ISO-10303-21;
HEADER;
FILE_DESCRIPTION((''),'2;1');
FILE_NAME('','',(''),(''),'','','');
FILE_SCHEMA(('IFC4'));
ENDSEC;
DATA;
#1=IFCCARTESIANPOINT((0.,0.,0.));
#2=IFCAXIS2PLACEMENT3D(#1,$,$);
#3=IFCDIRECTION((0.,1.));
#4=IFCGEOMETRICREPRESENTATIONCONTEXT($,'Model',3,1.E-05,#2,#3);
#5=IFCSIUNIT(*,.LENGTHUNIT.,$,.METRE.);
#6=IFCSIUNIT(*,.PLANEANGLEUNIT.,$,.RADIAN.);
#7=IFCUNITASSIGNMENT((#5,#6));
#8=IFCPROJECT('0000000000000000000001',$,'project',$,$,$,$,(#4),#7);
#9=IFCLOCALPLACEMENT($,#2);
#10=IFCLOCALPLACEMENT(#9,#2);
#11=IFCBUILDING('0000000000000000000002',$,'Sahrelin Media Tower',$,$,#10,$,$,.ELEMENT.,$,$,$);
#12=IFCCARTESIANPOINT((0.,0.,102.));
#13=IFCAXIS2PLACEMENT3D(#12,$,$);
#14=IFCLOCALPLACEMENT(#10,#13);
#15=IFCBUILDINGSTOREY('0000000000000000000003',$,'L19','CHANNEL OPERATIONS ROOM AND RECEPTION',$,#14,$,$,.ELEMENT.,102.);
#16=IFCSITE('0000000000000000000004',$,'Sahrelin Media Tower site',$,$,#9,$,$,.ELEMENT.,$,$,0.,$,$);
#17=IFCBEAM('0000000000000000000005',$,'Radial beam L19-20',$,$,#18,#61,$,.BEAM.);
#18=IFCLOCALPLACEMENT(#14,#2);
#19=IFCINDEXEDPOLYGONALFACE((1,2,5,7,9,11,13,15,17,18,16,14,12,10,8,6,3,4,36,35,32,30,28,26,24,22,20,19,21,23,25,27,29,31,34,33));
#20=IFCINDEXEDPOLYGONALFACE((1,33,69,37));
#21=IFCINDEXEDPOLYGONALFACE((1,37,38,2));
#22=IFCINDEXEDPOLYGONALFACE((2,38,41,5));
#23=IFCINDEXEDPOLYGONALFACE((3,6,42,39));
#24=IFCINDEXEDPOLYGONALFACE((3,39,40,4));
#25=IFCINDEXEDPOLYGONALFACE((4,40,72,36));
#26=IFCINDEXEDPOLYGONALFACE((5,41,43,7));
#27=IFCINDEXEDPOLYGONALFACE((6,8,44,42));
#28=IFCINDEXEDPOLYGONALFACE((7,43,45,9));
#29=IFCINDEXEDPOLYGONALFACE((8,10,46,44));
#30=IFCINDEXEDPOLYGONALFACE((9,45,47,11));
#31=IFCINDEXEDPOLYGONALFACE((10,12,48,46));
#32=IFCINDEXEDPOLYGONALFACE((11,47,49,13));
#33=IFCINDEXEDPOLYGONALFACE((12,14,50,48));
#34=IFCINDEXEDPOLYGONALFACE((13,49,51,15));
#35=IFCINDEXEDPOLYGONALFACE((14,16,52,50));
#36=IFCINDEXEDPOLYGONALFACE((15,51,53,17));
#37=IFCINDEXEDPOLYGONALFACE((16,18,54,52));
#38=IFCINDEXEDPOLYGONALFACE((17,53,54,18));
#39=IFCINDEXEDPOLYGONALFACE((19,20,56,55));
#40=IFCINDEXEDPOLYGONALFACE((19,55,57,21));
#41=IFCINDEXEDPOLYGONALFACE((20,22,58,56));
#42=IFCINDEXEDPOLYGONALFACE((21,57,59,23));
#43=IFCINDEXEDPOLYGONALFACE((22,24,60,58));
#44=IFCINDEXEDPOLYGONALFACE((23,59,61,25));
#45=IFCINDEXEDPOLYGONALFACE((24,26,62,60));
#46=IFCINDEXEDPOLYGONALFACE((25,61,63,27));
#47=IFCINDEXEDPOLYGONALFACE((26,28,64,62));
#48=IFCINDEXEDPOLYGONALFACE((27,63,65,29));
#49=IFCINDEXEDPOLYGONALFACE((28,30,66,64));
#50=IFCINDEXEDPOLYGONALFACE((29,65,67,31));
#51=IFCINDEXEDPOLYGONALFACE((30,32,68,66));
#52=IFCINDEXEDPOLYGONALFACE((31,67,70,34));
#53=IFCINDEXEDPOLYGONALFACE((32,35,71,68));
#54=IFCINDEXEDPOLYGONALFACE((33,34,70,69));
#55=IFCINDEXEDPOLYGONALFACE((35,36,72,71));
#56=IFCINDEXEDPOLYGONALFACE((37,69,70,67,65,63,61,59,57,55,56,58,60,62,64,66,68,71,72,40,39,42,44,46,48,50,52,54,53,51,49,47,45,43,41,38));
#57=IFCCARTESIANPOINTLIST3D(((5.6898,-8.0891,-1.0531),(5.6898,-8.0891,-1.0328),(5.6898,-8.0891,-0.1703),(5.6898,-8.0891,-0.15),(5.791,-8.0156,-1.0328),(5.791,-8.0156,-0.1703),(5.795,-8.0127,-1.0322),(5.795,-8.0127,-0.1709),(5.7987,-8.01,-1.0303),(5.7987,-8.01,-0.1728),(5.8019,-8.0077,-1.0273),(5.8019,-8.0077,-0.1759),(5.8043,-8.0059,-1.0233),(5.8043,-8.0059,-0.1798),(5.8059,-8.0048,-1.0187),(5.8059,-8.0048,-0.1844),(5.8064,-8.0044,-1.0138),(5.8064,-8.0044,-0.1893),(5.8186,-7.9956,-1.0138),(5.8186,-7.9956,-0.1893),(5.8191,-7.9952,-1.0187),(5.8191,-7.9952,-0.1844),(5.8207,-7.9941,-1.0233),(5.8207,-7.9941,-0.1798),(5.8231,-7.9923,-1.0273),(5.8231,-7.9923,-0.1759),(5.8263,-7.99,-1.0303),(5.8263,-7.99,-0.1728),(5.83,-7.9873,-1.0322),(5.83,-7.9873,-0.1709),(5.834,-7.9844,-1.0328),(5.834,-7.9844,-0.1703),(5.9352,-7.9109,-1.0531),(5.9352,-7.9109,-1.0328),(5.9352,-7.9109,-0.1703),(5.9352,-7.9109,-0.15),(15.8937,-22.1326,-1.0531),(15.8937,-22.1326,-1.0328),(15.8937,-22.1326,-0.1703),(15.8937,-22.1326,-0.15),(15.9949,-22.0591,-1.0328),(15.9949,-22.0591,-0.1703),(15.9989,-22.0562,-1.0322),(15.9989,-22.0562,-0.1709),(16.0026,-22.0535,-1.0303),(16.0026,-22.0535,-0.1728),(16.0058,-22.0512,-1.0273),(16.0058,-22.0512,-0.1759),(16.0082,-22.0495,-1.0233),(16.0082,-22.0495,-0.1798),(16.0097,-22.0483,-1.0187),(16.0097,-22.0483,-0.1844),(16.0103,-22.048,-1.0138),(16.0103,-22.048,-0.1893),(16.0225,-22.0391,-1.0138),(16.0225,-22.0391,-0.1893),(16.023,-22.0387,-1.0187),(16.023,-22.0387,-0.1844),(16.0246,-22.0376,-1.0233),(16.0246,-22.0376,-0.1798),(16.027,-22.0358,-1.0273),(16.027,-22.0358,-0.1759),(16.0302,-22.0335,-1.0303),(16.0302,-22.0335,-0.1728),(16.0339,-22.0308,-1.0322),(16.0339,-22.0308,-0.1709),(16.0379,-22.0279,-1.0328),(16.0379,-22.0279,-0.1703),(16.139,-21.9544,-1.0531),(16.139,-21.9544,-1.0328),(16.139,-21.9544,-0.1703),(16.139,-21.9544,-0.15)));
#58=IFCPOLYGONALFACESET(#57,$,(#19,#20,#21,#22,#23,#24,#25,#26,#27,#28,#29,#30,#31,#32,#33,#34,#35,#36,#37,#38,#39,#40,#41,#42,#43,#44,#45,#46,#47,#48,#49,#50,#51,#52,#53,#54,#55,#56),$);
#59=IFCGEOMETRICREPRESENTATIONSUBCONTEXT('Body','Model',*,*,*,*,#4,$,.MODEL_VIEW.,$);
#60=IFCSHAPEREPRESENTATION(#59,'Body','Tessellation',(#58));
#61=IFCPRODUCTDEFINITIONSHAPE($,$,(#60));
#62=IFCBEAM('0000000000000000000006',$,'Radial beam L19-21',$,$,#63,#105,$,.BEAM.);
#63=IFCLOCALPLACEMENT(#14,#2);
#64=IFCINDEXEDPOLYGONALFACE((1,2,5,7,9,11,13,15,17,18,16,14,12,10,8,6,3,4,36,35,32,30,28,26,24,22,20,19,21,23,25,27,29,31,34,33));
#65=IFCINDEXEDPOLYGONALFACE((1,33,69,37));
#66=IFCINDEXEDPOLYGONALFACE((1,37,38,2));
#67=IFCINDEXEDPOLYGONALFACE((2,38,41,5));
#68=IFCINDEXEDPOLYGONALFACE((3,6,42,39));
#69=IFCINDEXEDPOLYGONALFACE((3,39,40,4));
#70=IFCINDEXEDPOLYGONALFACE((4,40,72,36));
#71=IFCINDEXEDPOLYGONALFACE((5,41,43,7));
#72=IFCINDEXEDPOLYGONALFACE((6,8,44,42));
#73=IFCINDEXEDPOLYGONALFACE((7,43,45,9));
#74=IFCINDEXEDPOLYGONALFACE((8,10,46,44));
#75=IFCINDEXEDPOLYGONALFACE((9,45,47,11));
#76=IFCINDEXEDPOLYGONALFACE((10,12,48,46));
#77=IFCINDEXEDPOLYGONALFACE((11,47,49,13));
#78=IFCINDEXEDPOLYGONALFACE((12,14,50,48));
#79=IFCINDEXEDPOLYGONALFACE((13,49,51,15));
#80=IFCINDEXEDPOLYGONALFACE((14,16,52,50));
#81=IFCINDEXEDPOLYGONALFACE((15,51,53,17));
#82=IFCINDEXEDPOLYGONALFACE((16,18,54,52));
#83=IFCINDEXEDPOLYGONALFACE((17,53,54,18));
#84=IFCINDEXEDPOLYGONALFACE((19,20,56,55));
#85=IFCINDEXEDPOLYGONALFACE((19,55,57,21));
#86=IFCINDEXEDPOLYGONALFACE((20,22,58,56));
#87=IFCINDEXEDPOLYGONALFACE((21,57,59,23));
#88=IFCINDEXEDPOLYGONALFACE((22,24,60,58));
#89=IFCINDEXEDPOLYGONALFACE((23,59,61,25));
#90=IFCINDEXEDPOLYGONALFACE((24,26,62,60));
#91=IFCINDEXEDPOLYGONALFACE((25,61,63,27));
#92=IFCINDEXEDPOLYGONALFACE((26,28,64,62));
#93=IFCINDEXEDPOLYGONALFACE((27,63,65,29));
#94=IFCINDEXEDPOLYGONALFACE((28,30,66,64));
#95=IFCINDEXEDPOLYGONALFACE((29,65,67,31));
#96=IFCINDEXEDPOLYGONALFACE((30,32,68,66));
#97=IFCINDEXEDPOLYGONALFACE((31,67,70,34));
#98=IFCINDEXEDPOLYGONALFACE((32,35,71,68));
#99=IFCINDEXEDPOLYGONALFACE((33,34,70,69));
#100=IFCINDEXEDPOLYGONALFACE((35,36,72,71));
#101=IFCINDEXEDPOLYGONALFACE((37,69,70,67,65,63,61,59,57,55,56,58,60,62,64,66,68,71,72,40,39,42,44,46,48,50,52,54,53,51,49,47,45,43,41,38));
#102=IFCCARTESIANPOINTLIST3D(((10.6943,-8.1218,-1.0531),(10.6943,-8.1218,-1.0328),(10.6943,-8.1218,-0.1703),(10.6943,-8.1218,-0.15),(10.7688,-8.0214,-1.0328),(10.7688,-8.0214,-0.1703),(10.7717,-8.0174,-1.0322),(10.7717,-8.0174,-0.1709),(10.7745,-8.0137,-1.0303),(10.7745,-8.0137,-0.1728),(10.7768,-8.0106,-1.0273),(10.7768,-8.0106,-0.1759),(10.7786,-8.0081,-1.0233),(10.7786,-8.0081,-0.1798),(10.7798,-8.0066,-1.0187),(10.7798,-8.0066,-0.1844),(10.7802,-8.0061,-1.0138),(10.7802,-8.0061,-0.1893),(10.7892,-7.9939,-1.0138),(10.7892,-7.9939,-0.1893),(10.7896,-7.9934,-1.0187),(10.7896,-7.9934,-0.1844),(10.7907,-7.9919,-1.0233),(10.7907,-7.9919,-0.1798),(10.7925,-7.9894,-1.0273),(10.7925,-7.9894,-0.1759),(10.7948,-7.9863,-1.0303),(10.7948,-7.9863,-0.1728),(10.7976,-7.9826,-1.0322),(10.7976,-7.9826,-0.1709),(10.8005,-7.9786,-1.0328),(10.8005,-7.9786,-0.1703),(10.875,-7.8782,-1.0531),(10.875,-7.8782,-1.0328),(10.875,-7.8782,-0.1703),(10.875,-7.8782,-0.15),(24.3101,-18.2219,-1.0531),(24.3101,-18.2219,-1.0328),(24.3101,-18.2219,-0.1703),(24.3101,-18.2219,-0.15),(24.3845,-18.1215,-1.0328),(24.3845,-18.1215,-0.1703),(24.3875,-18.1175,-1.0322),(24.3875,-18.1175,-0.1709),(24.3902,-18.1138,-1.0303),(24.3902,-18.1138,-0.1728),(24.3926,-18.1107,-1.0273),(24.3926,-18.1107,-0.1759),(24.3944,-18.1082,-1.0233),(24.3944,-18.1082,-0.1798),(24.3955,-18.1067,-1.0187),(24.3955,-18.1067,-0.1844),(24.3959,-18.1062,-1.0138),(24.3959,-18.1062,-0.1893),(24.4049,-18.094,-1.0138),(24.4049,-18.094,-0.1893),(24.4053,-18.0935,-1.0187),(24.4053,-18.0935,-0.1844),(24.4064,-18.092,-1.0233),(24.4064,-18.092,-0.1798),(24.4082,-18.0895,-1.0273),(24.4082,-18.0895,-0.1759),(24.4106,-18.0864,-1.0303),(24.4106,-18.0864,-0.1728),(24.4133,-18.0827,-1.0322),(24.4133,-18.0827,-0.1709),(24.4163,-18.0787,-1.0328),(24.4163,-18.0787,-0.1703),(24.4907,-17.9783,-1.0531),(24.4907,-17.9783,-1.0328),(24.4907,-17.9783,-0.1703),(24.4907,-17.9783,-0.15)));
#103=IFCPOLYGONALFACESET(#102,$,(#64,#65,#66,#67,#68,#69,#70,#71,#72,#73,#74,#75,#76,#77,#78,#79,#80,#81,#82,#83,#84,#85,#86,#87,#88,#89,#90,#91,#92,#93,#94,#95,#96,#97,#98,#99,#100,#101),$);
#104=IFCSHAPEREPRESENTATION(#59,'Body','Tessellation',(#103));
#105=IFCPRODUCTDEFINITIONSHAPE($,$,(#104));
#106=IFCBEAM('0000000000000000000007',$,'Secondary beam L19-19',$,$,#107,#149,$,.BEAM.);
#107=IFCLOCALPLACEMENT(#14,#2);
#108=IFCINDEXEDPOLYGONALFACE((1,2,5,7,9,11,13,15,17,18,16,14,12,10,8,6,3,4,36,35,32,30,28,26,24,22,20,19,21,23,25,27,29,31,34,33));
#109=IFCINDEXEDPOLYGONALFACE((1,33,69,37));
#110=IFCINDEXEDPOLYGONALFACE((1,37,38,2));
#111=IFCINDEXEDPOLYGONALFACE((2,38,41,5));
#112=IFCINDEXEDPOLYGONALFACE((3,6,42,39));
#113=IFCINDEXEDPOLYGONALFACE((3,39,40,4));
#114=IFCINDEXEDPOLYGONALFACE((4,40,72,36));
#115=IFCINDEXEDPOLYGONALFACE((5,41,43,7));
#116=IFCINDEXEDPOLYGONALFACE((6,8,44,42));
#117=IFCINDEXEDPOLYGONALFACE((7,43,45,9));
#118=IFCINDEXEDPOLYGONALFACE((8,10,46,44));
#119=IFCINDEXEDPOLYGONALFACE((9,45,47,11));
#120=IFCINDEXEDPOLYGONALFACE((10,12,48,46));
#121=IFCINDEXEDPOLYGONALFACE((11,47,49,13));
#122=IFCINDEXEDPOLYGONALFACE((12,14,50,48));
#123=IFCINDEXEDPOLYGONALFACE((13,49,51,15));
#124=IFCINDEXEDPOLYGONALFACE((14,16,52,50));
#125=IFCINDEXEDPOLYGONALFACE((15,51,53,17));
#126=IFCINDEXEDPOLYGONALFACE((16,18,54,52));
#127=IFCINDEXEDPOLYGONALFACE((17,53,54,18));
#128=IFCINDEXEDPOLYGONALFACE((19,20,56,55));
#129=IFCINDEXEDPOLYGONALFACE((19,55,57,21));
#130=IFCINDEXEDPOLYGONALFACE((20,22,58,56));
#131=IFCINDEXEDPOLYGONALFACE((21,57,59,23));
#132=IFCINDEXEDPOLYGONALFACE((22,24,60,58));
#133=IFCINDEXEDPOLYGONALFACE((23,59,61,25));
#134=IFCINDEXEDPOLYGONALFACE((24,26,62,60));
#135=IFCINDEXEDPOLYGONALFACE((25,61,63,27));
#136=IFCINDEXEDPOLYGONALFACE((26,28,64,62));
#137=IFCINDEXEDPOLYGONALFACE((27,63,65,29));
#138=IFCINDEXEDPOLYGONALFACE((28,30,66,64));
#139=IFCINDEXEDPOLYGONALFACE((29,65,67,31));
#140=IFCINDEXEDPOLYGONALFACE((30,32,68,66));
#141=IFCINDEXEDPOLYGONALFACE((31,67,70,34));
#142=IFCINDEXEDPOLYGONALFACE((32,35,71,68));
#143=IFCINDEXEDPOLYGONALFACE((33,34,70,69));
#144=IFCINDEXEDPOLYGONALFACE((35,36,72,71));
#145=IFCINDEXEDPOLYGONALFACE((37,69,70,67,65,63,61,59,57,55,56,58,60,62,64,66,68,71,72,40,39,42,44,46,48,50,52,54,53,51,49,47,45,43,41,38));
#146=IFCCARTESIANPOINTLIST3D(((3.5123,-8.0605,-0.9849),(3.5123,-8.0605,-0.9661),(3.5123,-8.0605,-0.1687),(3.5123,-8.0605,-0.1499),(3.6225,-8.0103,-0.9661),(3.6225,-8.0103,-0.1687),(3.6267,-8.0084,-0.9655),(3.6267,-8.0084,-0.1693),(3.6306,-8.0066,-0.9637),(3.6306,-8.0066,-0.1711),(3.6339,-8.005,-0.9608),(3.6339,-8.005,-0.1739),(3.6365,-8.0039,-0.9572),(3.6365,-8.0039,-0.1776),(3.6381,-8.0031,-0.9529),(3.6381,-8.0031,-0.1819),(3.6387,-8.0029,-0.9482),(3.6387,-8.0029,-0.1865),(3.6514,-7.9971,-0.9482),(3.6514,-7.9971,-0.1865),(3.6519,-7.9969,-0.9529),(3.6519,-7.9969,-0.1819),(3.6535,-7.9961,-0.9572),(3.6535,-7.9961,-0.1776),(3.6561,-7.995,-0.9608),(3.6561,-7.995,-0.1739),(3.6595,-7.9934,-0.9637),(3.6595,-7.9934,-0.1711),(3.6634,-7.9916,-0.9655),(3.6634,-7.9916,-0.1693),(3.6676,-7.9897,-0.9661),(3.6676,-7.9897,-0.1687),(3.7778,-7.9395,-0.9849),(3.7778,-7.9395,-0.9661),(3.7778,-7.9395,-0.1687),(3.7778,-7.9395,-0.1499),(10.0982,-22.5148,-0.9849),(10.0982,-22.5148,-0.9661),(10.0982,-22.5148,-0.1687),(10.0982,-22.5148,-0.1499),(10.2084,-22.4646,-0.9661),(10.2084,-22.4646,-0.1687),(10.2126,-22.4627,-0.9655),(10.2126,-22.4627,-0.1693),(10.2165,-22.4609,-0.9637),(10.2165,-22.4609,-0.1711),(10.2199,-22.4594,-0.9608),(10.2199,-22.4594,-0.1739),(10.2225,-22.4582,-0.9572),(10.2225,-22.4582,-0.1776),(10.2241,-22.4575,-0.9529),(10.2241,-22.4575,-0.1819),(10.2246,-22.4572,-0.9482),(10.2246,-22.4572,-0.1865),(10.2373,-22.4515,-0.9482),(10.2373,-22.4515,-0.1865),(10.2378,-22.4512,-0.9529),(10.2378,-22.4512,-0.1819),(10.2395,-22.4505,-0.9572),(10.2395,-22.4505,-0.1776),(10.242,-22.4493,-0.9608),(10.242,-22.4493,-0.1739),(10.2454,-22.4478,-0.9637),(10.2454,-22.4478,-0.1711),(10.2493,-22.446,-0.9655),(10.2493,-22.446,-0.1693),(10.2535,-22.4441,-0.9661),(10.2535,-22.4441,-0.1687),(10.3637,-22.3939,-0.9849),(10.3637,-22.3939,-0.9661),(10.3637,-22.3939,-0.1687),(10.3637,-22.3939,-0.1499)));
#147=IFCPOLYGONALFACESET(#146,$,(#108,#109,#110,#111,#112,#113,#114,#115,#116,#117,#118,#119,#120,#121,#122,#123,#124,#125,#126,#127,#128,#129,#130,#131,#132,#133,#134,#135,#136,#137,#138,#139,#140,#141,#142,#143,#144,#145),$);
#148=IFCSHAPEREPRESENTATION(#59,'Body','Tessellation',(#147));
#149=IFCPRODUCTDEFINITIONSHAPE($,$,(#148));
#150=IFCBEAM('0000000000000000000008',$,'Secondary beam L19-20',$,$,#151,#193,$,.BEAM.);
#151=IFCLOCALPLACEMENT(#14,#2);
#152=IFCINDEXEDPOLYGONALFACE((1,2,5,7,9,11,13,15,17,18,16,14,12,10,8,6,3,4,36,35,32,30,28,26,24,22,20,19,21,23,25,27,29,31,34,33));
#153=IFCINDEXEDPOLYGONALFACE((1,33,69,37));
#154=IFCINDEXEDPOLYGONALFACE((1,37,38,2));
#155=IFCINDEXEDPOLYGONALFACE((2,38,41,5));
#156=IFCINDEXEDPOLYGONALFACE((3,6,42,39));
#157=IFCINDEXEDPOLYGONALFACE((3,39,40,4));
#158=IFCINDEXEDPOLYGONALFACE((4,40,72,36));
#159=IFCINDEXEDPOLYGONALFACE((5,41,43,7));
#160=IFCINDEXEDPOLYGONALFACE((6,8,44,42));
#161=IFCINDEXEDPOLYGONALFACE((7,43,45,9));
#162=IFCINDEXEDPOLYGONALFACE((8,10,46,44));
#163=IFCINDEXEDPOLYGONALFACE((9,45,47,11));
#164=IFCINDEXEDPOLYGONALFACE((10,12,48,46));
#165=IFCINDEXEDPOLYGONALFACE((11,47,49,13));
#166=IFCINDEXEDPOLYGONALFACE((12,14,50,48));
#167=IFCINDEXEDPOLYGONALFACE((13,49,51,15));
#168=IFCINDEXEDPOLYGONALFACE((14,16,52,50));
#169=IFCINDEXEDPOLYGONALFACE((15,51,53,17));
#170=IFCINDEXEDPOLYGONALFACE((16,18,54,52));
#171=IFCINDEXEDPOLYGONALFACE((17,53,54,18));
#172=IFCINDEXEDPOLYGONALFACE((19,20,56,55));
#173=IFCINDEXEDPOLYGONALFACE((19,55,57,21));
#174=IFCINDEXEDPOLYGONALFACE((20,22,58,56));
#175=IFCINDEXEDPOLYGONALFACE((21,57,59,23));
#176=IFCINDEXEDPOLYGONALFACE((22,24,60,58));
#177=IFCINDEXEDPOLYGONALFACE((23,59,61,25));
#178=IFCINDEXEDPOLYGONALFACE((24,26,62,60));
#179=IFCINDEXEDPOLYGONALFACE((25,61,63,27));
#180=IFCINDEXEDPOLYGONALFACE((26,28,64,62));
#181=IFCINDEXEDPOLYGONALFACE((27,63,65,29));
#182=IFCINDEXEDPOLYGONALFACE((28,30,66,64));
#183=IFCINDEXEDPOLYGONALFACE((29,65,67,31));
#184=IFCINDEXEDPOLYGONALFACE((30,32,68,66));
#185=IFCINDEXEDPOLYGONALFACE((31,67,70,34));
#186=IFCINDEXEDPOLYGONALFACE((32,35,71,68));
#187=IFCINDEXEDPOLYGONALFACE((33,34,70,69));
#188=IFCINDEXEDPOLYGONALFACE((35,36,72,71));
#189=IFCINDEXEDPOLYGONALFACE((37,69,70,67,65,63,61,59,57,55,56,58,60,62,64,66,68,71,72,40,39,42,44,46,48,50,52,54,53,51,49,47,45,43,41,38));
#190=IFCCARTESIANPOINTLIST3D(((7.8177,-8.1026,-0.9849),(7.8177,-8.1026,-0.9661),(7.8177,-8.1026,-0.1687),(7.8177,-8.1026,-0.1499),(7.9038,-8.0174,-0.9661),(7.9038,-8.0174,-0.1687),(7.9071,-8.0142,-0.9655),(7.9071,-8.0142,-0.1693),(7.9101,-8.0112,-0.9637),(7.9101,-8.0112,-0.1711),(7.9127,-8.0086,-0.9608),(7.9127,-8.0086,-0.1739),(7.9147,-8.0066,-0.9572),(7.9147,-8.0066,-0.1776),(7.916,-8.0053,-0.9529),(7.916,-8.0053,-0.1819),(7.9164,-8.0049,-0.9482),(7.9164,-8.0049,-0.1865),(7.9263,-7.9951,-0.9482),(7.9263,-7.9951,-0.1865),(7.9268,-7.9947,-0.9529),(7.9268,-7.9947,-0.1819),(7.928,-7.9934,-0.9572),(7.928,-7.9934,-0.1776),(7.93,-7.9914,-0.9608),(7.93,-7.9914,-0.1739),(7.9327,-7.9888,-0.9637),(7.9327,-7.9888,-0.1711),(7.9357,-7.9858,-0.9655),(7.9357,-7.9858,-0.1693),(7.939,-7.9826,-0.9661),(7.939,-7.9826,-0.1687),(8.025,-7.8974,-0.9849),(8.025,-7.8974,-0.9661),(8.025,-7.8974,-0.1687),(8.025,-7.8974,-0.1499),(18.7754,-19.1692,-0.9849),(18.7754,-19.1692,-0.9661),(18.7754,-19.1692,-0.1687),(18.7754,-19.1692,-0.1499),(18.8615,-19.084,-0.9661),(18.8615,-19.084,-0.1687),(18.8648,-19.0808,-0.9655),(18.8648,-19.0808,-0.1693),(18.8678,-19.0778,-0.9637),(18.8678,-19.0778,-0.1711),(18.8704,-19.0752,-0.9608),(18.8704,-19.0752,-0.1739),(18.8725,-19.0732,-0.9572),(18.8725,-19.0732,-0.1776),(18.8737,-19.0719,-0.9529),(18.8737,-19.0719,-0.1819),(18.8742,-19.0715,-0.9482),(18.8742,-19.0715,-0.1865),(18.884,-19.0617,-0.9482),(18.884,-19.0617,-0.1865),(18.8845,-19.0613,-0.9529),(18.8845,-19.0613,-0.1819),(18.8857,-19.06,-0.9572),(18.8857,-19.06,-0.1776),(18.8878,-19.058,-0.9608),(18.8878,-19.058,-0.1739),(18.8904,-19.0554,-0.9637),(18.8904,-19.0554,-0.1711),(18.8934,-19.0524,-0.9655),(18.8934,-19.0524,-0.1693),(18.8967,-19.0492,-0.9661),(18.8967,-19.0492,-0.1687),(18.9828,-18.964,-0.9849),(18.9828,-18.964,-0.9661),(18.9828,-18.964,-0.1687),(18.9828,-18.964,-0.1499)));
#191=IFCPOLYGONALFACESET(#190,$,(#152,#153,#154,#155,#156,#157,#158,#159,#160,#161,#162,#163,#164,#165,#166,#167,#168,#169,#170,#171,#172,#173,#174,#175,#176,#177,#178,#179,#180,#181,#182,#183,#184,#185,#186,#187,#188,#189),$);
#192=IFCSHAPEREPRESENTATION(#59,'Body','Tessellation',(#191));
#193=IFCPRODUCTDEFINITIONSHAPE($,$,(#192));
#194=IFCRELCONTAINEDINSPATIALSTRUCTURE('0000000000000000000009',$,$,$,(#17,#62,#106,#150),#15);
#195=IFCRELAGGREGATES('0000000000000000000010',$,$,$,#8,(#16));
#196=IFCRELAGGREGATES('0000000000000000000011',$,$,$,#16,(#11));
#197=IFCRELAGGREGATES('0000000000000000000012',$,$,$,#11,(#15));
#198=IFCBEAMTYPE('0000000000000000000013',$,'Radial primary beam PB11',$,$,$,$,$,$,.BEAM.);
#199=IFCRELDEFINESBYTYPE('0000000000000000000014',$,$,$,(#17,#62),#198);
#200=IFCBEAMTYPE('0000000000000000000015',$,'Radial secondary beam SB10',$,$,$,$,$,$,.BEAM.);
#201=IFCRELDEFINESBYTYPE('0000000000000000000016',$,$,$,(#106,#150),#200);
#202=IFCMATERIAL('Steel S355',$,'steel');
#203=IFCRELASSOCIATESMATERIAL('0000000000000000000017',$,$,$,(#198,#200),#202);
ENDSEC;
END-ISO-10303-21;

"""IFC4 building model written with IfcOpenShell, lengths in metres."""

from ifc_helpers import new_model, si_unit, direction, frame, origin, origin_2d, place, context, subcontext, project, spatial, i_section, extrude, material, material_profile, profile_set, type_object, element, save


model = new_model("IFC4")

# Units and contexts
model_context = context("Model", 3, precision=1e-05, world=origin(), true_north=direction((0.0, 1.0)))
body_context = subcontext(model_context, "Body", "Model", "MODEL_VIEW")
ifc_project = project(units=[si_unit("LENGTHUNIT", "METRE"), si_unit("PLANEANGLEUNIT", "RADIAN")], contexts=[model_context])

# Site, building, storey
site_placement = place(None, origin())
site = spatial("IfcSite", under=ifc_project, at=site_placement, Name="Sahrelin Media Tower site", CompositionType="ELEMENT", RefElevation=0.0)
building_placement = place(site_placement, origin())
building = spatial("IfcBuilding", under=site, at=building_placement, Name="Sahrelin Media Tower", CompositionType="ELEMENT")
storey_placement = place(building_placement, frame((0.0, 0.0, 102.0)))
storey = spatial("IfcBuildingStorey", under=building, at=storey_placement, Name="L19", Description="CHANNEL OPERATIONS ROOM AND RECEPTION", CompositionType="ELEMENT", Elevation=102.0)

# Shared definitions
ifc_material_1 = material(Name="Steel S355", Category="steel")

# Beams
ifc_material_profile_1 = material_profile(ifc_material_1, i_section(OverallWidth=0.3032, OverallDepth=0.9031, WebThickness=0.0151, FlangeThickness=0.0203, FilletRadius=0.019, at=origin_2d()), Name="UB 914x305x201")
ifc_profile_set_1 = profile_set([ifc_material_profile_1], Name="Steel S355")
beam_type_1 = type_object("IfcBeamType", Name="Radial primary beam PB11", PredefinedType="BEAM", material=ifc_profile_set_1)
beam_1_placement = place(storey_placement, frame((5.8125, -8.0, -0.6016), z_axis=(0.587811, -0.808998, 0.0), x_axis=(0.808998, 0.587811, 0.0)))
element("IfcBeam", 1, at=beam_1_placement, inside=storey, type_object=beam_type_1, Name="Radial beam L19-20", PredefinedType="BEAM", context=body_context, shape_type="SweptSolid", body=[
    extrude(i_section(OverallWidth=0.3032, OverallDepth=0.9031, WebThickness=0.0151, FlangeThickness=0.0203, FilletRadius=0.019, at=origin_2d()), origin(), (0.0, 0.0, 1.0), 17.3591),
])
beam_2_placement = place(storey_placement, frame((10.7847, -8.0, -0.6016), z_axis=(0.803151, -0.595775, 0.0), x_axis=(0.595775, 0.803151, 0.0)))
element("IfcBeam", 2, at=beam_2_placement, inside=storey, type_object=beam_type_1, Name="Radial beam L19-21", PredefinedType="BEAM", context=body_context, shape_type="SweptSolid", body=[
    extrude(i_section(OverallWidth=0.3032, OverallDepth=0.9031, WebThickness=0.0151, FlangeThickness=0.0203, FilletRadius=0.019, at=origin_2d()), origin(), (0.0, 0.0, 1.0), 16.9529),
])
ifc_material_profile_2 = material_profile(ifc_material_1, i_section(OverallWidth=0.2917, OverallDepth=0.835, WebThickness=0.0139, FlangeThickness=0.0188, FilletRadius=0.0178, at=origin_2d()), Name="UB 838x292x176")
ifc_profile_set_2 = profile_set([ifc_material_profile_2], Name="Steel S355")
beam_type_2 = type_object("IfcBeamType", Name="Radial secondary beam SB10", PredefinedType="BEAM", material=ifc_profile_set_2)
beam_3_placement = place(storey_placement, frame((3.645, -8.0, -0.5674), z_axis=(0.414626, -0.909992, 0.0), x_axis=(0.909992, 0.414626, 0.0)))
element("IfcBeam", 3, at=beam_3_placement, inside=storey, type_object=beam_type_2, Name="Secondary beam L19-19", PredefinedType="BEAM", context=body_context, shape_type="SweptSolid", body=[
    extrude(i_section(OverallWidth=0.2917, OverallDepth=0.835, WebThickness=0.0139, FlangeThickness=0.0188, FilletRadius=0.0178, at=origin_2d()), origin(), (0.0, 0.0, 1.0), 15.884),
])
beam_4_placement = place(storey_placement, frame((7.9214, -8.0, -0.5674), z_axis=(0.703602, -0.710594, 0.0), x_axis=(0.710594, 0.703602, 0.0)))
element("IfcBeam", 4, at=beam_4_placement, inside=storey, type_object=beam_type_2, Name="Secondary beam L19-20", PredefinedType="BEAM", context=body_context, shape_type="SweptSolid", body=[
    extrude(i_section(OverallWidth=0.2917, OverallDepth=0.835, WebThickness=0.0139, FlangeThickness=0.0188, FilletRadius=0.0178, at=origin_2d()), origin(), (0.0, 0.0, 1.0), 15.5737),
])

save(model, "model.ifc")
